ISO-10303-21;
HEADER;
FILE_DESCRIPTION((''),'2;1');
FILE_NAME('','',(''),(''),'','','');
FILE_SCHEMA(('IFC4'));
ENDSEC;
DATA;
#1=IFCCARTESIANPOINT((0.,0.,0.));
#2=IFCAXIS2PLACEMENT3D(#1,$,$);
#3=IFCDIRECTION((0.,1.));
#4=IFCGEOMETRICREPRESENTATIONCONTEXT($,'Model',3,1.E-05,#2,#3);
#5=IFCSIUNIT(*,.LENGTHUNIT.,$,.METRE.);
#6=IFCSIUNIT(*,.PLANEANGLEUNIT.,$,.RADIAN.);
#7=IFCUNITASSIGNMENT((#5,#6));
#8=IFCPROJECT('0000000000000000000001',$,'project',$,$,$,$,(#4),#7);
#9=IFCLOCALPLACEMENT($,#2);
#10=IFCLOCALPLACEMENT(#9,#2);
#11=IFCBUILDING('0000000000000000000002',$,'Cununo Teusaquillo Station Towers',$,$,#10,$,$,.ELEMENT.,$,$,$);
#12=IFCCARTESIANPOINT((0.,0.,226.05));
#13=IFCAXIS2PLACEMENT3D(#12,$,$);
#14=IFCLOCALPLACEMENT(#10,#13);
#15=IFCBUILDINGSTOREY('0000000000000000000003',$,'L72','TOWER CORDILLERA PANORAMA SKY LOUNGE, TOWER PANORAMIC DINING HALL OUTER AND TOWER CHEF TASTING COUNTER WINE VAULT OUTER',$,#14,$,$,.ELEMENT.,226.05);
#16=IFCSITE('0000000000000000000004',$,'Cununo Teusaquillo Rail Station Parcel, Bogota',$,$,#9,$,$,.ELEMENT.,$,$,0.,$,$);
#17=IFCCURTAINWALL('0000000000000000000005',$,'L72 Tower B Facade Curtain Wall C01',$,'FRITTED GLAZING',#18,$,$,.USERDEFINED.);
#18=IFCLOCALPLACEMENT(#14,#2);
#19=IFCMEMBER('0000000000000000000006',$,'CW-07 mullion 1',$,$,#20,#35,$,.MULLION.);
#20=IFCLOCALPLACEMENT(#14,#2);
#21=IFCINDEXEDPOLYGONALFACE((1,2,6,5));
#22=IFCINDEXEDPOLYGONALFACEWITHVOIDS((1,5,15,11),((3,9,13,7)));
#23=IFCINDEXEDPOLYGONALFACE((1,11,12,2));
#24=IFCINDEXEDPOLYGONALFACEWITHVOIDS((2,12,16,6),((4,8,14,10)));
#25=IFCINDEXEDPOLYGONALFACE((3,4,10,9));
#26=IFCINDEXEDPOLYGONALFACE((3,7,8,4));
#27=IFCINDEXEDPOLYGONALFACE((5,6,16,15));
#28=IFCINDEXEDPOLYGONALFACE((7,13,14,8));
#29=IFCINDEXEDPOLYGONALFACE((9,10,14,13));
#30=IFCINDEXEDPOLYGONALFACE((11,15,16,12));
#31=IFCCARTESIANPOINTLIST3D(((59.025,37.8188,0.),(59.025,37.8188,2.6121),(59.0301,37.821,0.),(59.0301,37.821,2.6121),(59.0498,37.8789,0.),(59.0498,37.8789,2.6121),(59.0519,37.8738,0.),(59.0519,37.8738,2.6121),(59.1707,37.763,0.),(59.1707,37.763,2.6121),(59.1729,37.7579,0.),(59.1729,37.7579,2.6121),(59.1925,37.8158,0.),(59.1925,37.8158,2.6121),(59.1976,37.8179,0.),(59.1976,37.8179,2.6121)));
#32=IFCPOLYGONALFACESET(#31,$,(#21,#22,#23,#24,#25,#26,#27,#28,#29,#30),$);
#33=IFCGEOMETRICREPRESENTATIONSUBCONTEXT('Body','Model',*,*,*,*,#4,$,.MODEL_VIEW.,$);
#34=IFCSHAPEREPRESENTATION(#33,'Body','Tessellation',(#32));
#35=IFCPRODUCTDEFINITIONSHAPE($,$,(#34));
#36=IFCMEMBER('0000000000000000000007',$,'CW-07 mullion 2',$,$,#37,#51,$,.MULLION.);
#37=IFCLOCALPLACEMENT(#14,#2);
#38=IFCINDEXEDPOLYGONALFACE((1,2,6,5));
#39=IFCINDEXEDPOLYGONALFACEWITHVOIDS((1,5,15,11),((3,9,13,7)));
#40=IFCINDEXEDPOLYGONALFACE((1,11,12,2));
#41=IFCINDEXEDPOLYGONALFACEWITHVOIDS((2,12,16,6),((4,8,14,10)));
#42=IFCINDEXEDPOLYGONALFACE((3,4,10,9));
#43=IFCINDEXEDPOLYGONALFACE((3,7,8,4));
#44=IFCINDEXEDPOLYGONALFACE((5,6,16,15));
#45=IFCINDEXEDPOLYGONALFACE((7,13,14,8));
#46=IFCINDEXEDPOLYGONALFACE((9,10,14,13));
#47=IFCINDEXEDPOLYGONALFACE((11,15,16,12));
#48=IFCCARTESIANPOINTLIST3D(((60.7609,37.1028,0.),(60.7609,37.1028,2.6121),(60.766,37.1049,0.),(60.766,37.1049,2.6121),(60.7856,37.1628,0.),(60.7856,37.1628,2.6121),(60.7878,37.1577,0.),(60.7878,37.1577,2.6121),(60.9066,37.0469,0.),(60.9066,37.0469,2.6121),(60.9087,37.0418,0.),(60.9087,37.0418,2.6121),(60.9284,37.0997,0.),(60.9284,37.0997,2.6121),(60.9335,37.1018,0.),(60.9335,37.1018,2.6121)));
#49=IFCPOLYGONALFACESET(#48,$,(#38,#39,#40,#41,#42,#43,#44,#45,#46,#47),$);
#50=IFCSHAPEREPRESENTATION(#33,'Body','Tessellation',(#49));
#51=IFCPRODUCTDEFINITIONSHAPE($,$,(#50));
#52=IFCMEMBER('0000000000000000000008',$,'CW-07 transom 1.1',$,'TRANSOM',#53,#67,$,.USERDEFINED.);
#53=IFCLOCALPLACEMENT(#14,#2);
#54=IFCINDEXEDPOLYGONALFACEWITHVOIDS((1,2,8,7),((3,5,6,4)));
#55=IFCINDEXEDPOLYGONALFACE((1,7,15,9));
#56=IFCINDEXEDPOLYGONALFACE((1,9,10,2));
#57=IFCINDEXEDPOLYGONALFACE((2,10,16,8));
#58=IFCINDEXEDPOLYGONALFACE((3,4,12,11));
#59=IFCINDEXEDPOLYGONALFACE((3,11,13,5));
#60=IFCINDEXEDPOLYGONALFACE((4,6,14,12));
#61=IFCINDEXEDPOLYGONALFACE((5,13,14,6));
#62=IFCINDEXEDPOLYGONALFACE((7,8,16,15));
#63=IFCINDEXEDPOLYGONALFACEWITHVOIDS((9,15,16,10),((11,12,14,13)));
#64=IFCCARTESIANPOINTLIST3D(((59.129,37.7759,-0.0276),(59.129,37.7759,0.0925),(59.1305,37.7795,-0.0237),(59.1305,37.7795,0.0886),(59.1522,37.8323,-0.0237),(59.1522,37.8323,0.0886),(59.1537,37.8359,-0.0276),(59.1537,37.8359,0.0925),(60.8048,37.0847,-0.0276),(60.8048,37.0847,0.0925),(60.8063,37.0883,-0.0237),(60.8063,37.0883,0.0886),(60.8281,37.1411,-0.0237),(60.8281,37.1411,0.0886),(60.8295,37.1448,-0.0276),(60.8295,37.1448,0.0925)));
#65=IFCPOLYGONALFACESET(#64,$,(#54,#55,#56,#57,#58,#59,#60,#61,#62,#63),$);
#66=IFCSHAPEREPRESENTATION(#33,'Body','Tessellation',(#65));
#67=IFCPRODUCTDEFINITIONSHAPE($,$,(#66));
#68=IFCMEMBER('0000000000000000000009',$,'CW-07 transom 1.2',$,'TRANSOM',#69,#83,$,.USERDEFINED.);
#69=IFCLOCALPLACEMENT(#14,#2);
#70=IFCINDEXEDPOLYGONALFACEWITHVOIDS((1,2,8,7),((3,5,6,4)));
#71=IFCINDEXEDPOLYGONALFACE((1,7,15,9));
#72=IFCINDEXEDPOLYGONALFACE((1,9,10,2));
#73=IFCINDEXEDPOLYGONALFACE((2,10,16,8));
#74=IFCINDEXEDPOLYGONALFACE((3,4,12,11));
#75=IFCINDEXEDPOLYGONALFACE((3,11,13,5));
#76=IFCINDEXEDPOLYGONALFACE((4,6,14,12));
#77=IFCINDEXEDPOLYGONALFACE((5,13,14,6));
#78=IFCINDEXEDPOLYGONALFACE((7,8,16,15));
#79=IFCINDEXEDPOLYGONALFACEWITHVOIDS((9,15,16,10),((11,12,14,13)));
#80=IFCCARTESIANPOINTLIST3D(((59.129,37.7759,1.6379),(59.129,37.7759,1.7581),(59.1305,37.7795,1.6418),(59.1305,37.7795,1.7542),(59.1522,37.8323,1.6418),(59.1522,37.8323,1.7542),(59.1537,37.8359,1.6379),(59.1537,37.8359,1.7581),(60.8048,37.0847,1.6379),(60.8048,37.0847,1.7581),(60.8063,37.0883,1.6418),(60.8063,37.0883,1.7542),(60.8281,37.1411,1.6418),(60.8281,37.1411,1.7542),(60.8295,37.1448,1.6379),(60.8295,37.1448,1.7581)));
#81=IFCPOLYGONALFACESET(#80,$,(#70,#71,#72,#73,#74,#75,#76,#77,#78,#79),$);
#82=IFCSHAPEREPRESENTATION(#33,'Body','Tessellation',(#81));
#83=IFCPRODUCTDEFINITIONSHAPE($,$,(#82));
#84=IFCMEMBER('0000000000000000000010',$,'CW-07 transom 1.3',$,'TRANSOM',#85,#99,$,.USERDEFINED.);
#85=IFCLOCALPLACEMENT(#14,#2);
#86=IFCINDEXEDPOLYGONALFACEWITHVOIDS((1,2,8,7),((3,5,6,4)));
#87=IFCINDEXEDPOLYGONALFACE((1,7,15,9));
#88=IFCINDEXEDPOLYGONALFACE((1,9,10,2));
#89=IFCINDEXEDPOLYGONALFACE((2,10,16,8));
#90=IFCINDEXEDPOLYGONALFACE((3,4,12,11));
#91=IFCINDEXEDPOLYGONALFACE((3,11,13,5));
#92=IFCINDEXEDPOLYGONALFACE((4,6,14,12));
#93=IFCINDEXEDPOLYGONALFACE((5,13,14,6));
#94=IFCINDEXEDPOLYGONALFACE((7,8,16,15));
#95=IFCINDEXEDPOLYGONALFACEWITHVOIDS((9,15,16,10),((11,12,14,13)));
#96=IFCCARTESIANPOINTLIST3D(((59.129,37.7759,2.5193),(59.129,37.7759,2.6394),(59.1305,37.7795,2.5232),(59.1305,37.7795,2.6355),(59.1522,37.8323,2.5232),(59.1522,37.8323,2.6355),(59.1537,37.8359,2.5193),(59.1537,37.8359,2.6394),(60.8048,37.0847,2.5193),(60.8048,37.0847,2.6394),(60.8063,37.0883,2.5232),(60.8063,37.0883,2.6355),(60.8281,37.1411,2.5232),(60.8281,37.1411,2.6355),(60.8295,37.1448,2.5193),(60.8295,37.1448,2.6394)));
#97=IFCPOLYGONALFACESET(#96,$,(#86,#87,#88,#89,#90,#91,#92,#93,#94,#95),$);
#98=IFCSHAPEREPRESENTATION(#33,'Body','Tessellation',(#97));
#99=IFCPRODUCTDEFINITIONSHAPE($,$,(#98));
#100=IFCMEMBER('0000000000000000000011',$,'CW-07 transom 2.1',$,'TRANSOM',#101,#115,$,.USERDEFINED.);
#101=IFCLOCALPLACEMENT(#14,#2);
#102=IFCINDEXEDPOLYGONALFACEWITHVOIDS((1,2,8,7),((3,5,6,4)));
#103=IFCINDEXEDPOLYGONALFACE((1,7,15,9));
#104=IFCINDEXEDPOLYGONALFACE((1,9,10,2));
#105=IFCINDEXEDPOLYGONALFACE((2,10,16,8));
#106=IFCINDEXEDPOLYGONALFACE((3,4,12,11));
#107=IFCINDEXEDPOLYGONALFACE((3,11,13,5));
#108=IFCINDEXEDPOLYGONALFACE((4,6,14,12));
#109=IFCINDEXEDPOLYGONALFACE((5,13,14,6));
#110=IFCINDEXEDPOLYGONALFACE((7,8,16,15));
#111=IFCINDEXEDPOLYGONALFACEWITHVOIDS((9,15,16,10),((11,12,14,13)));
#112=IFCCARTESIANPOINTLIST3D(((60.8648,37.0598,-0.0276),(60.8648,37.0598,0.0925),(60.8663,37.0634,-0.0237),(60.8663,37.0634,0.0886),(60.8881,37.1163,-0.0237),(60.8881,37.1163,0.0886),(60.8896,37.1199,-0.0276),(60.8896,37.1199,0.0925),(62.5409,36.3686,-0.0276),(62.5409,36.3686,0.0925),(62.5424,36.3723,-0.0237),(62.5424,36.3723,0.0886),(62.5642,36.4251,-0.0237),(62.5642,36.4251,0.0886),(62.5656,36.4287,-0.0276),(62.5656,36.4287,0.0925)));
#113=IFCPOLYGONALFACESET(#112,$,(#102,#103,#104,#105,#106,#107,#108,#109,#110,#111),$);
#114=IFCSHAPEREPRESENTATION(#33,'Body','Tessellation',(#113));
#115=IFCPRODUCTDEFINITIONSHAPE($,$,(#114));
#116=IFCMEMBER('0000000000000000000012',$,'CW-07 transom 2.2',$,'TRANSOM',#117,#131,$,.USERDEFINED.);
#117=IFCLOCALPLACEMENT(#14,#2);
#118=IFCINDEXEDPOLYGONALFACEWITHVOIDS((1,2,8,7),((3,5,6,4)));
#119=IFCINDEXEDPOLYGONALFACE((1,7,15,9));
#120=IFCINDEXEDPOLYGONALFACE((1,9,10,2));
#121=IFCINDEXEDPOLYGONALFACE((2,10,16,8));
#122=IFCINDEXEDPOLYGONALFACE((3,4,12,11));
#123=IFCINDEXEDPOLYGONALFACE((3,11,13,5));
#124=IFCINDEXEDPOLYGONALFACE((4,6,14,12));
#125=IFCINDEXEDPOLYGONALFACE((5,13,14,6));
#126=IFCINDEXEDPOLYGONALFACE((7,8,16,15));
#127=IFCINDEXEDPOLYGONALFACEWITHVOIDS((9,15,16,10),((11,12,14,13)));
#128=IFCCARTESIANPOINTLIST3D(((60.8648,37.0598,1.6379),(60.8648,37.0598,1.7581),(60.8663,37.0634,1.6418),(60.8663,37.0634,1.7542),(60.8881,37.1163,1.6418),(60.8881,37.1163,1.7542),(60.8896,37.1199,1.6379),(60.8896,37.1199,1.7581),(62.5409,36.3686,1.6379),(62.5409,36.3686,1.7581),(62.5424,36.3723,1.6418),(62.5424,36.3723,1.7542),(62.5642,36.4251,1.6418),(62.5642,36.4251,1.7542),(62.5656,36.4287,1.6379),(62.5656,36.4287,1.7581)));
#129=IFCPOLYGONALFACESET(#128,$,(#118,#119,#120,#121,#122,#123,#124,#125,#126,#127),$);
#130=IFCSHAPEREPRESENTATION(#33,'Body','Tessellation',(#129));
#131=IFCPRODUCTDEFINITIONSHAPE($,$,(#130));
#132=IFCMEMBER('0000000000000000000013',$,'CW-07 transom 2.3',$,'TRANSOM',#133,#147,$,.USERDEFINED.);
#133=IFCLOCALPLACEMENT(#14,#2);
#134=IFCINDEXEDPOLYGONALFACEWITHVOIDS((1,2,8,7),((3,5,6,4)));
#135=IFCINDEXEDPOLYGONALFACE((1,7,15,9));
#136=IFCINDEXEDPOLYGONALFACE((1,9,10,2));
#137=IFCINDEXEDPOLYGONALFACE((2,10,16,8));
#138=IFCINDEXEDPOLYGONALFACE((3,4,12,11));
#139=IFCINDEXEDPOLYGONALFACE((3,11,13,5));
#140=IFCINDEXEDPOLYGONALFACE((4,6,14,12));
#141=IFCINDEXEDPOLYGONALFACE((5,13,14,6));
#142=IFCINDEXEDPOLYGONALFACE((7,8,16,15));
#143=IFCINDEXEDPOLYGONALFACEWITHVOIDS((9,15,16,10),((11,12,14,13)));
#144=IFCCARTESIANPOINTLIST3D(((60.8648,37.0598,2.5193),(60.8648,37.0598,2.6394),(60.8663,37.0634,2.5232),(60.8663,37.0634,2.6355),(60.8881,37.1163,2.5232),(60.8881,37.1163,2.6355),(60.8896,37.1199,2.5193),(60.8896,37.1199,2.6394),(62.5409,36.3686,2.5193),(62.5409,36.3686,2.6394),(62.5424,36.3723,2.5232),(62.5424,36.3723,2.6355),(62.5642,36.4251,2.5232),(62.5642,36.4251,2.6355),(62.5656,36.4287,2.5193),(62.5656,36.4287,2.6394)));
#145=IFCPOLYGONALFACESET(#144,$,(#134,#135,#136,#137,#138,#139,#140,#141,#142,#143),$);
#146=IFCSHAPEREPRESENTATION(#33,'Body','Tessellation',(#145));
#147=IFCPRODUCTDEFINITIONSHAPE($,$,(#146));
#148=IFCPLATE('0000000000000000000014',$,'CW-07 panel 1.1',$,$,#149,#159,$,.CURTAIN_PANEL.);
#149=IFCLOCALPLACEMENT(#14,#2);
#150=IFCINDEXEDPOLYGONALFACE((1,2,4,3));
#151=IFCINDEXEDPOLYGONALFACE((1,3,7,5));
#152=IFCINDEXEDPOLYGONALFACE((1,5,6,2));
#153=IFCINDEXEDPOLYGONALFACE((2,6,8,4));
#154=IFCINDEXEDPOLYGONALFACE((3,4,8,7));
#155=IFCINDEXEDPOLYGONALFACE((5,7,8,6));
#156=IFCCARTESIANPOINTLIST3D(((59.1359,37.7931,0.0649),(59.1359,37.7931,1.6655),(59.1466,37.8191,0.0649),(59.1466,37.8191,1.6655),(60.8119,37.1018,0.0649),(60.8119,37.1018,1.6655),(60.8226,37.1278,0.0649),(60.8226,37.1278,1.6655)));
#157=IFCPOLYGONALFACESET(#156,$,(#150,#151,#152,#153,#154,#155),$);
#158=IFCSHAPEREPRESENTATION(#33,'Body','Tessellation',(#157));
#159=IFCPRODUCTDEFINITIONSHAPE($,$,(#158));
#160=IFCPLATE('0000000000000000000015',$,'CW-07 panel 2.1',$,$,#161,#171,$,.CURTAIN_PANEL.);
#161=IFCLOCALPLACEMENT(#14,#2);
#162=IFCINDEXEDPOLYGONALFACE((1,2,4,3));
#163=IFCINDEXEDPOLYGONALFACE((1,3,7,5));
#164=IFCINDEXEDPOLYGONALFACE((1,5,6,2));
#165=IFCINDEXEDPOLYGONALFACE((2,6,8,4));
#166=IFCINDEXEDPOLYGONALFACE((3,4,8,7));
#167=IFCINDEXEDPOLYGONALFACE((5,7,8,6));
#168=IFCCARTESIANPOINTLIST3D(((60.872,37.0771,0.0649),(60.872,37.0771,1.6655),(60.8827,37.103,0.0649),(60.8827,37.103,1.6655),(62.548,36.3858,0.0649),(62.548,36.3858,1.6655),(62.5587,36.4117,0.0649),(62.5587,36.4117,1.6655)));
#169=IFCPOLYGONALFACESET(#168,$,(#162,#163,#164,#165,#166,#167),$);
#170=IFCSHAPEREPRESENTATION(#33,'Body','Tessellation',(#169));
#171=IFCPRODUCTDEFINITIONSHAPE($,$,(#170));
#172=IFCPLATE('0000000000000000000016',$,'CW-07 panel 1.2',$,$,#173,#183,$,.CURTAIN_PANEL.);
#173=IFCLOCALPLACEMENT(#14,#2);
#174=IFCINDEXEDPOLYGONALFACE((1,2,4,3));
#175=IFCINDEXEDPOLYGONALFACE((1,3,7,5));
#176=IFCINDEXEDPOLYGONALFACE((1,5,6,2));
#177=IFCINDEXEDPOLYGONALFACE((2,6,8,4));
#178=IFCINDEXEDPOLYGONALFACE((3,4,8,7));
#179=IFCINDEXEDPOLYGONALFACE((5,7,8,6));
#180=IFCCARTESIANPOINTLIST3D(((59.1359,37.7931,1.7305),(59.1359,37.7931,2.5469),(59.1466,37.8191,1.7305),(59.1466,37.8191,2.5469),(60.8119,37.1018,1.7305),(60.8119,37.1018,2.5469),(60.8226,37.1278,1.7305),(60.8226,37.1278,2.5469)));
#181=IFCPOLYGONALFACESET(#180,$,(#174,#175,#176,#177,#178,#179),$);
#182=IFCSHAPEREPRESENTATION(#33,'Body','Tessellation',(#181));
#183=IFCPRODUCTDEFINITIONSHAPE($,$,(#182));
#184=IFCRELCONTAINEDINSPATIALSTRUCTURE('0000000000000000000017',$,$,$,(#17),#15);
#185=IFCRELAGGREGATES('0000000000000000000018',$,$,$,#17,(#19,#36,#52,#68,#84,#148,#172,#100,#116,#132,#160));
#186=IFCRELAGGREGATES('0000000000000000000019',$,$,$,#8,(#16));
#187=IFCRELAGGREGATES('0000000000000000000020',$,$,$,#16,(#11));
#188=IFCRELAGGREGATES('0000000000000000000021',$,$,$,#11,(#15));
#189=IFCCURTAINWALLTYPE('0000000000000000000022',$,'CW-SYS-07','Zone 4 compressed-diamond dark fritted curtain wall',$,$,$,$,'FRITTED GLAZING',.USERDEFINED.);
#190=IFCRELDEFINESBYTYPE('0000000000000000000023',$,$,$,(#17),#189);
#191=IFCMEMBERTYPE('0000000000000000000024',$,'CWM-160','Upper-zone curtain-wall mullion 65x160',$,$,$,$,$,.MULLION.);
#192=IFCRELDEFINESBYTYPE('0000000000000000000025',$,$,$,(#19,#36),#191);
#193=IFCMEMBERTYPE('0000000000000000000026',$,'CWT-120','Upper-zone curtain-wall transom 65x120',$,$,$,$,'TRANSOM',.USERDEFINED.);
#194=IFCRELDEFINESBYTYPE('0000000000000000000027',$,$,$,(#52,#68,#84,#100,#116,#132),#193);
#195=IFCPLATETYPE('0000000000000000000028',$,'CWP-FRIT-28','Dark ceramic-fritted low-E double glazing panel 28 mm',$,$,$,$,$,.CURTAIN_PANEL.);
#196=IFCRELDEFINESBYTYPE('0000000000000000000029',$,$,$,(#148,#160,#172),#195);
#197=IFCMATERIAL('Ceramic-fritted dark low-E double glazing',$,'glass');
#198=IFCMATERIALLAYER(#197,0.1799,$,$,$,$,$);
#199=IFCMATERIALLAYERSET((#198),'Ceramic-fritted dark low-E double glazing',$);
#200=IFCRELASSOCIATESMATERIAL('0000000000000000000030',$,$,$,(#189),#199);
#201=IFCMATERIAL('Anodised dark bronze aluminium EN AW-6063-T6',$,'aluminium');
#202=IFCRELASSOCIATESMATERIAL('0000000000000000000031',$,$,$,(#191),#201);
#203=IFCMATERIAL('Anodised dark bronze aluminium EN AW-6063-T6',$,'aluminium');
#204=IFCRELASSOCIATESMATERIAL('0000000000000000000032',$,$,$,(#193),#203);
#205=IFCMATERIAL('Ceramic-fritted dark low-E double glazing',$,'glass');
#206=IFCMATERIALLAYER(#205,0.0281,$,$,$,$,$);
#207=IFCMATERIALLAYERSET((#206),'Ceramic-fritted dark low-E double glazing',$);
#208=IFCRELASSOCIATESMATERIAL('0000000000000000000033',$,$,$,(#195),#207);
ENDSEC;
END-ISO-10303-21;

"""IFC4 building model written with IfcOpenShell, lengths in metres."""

from ifc_helpers import new_model, si_unit, direction, frame, origin, origin_2d, place, context, subcontext, project, spatial, rectangle, hollow_rectangle, extrude, source, transform, mapped, material, layer, layer_set, material_profile, profile_set, type_object, element, aggregate, save


model = new_model("IFC4")

# Units and contexts
model_context = context("Model", 3, precision=1e-05, world=origin(), true_north=direction((0.0, 1.0)))
body_context = subcontext(model_context, "Body", "Model", "MODEL_VIEW")
ifc_project = project(units=[si_unit("LENGTHUNIT", "METRE"), si_unit("PLANEANGLEUNIT", "RADIAN")], contexts=[model_context])

# Site, building, storey
site_placement = place(None, origin())
site = spatial("IfcSite", under=ifc_project, at=site_placement, Name="Cununo Teusaquillo Rail Station Parcel, Bogota", CompositionType="ELEMENT", RefElevation=0.0)
building_placement = place(site_placement, origin())
building = spatial("IfcBuilding", under=site, at=building_placement, Name="Cununo Teusaquillo Station Towers", CompositionType="ELEMENT")
storey_placement = place(building_placement, frame((0.0, 0.0, 226.05)))
storey = spatial("IfcBuildingStorey", under=building, at=storey_placement, Name="L72", Description="TOWER CORDILLERA PANORAMA SKY LOUNGE, TOWER PANORAMIC DINING HALL OUTER AND TOWER CHEF TASTING COUNTER WINE VAULT OUTER", CompositionType="ELEMENT", Elevation=226.05)

# Curtain wall, members, plates
ifc_material_1 = material(Name="Ceramic-fritted dark low-E double glazing", Category="glass")
ifc_layer_1 = layer(ifc_material_1, 0.1799)
ifc_layer_set_1 = layer_set([ifc_layer_1], Name="Ceramic-fritted dark low-E double glazing")
curtain_wall_type = type_object("IfcCurtainWallType", Name="CW-SYS-07", Description="Zone 4 compressed-diamond dark fritted curtain wall", ElementType="FRITTED GLAZING", PredefinedType="USERDEFINED", material=ifc_layer_set_1)
curtain_wall_placement = place(storey_placement, origin())
curtain_wall = element("IfcCurtainWall", 1, at=curtain_wall_placement, inside=storey, type_object=curtain_wall_type, Name="L72 Tower B Facade Curtain Wall C01", ObjectType="FRITTED GLAZING", PredefinedType="USERDEFINED")
ifc_material_2 = material(Name="Anodised dark bronze aluminium EN AW-6063-T6", Category="aluminium")
ifc_material_profile_1 = material_profile(ifc_material_2, hollow_rectangle(XDim=0.0649, YDim=0.1599, WallThickness=0.0039, at=origin_2d()), Name="CW-MULL-65x160")
ifc_profile_set_1 = profile_set([ifc_material_profile_1], Name="Anodised dark bronze aluminium EN AW-6063-T6")
member_type_1 = type_object("IfcMemberType", Name="CWM-160", Description="Upper-zone curtain-wall mullion 65x160", PredefinedType="MULLION", material=ifc_profile_set_1)
member_1_placement = place(storey_placement, frame((59.1113, 37.8184, 0.0), z_axis=(0.0, 0.0, 1.0), x_axis=(0.381311, 0.924447, 0.0)))
member_1 = element("IfcMember", 2, at=member_1_placement, type_object=member_type_1, Name="CW-07 mullion 1", PredefinedType="MULLION", context=body_context, shape_type="SweptSolid", body=[
    extrude(hollow_rectangle(XDim=0.0649, YDim=0.1599, WallThickness=0.0039, at=origin_2d()), origin(), (0.0, 0.0, 1.0), 2.6121),
])
member_2_placement = place(storey_placement, frame((60.8472, 37.1023, 0.0), z_axis=(0.0, 0.0, 1.0), x_axis=(0.381311, 0.924447, 0.0)))
member_2 = element("IfcMember", 3, at=member_2_placement, type_object=member_type_1, Name="CW-07 mullion 2", PredefinedType="MULLION", context=body_context, shape_type="SweptSolid", body=[
    extrude(hollow_rectangle(XDim=0.0649, YDim=0.1599, WallThickness=0.0039, at=origin_2d()), origin(), (0.0, 0.0, 1.0), 2.6121),
])
ifc_material_3 = material(Name="Anodised dark bronze aluminium EN AW-6063-T6", Category="aluminium")
ifc_material_profile_2 = material_profile(ifc_material_3, hollow_rectangle(XDim=0.0649, YDim=0.1201, WallThickness=0.0039, at=origin_2d()), Name="CW-TRAN-65x120")
ifc_profile_set_2 = profile_set([ifc_material_profile_2], Name="Anodised dark bronze aluminium EN AW-6063-T6")
member_type_2 = type_object("IfcMemberType", Name="CWT-120", Description="Upper-zone curtain-wall transom 65x120", ElementType="TRANSOM", PredefinedType="USERDEFINED", material=ifc_profile_set_2)
member_3_placement = place(storey_placement, frame((59.1414, 37.8059, 0.0325), z_axis=(0.924458, -0.381285, 0.0), x_axis=(0.381285, 0.924458, 0.0)))
member_3 = element("IfcMember", 4, at=member_3_placement, type_object=member_type_2, Name="CW-07 transom 1.1", ObjectType="TRANSOM", PredefinedType="USERDEFINED", context=body_context, shape_type="SweptSolid", body=[
    extrude(hollow_rectangle(XDim=0.0649, YDim=0.1201, WallThickness=0.0039, at=origin_2d()), origin(), (0.0, 0.0, 1.0), 1.8127),
])
member_4_placement = place(storey_placement, frame((59.1414, 37.8059, 1.698), z_axis=(0.924458, -0.381285, 0.0), x_axis=(0.381285, 0.924458, 0.0)))
member_4 = element("IfcMember", 5, at=member_4_placement, type_object=member_type_2, Name="CW-07 transom 1.2", ObjectType="TRANSOM", PredefinedType="USERDEFINED", context=body_context, shape_type="SweptSolid", body=[
    extrude(hollow_rectangle(XDim=0.0649, YDim=0.1201, WallThickness=0.0039, at=origin_2d()), origin(), (0.0, 0.0, 1.0), 1.8127),
])
member_5_placement = place(storey_placement, frame((59.1414, 37.8059, 2.5793), z_axis=(0.924458, -0.381285, 0.0), x_axis=(0.381285, 0.924458, 0.0)))
member_5 = element("IfcMember", 6, at=member_5_placement, type_object=member_type_2, Name="CW-07 transom 1.3", ObjectType="TRANSOM", PredefinedType="USERDEFINED", context=body_context, shape_type="SweptSolid", body=[
    extrude(hollow_rectangle(XDim=0.0649, YDim=0.1201, WallThickness=0.0039, at=origin_2d()), origin(), (0.0, 0.0, 1.0), 1.8127),
])
member_6_placement = place(storey_placement, frame((60.8772, 37.0898, 0.0325), z_axis=(0.924477, -0.381237, 0.0), x_axis=(0.381237, 0.924477, 0.0)))
member_6 = element("IfcMember", 7, at=member_6_placement, type_object=member_type_2, Name="CW-07 transom 2.1", ObjectType="TRANSOM", PredefinedType="USERDEFINED", context=body_context, shape_type="SweptSolid", body=[
    extrude(hollow_rectangle(XDim=0.0649, YDim=0.1201, WallThickness=0.0039, at=origin_2d()), origin(), (0.0, 0.0, 1.0), 1.813),
])
member_7_placement = place(storey_placement, frame((60.8772, 37.0898, 1.698), z_axis=(0.924477, -0.381237, 0.0), x_axis=(0.381237, 0.924477, 0.0)))
member_7 = element("IfcMember", 8, at=member_7_placement, type_object=member_type_2, Name="CW-07 transom 2.2", ObjectType="TRANSOM", PredefinedType="USERDEFINED", context=body_context, shape_type="SweptSolid", body=[
    extrude(hollow_rectangle(XDim=0.0649, YDim=0.1201, WallThickness=0.0039, at=origin_2d()), origin(), (0.0, 0.0, 1.0), 1.813),
])
member_8_placement = place(storey_placement, frame((60.8772, 37.0898, 2.5793), z_axis=(0.924477, -0.381237, 0.0), x_axis=(0.381237, 0.924477, 0.0)))
member_8 = element("IfcMember", 9, at=member_8_placement, type_object=member_type_2, Name="CW-07 transom 2.3", ObjectType="TRANSOM", PredefinedType="USERDEFINED", context=body_context, shape_type="SweptSolid", body=[
    extrude(hollow_rectangle(XDim=0.0649, YDim=0.1201, WallThickness=0.0039, at=origin_2d()), origin(), (0.0, 0.0, 1.0), 1.813),
])
ifc_material_4 = material(Name="Ceramic-fritted dark low-E double glazing", Category="glass")
ifc_layer_2 = layer(ifc_material_4, 0.0281)
ifc_layer_set_2 = layer_set([ifc_layer_2], Name="Ceramic-fritted dark low-E double glazing")
plate_type = type_object("IfcPlateType", Name="CWP-FRIT-28", Description="Dark ceramic-fritted low-E double glazing panel 28 mm", PredefinedType="CURTAIN_PANEL", material=ifc_layer_set_2)
shared_shape_1 = source(origin(), body_context, "Body", "SweptSolid", [
    extrude(rectangle(XDim=1.813, YDim=0.0281, at=origin_2d()), origin(), (0.0, 0.0, 1.0), 1.6006),
])
plate_1_placement = place(storey_placement, frame((59.9792, 37.4604, 0.0649), z_axis=(0.0, 0.0, 1.0), x_axis=(0.924447, -0.381311, 0.0)))
plate_1 = element("IfcPlate", 10, at=plate_1_placement, type_object=plate_type, Name="CW-07 panel 1.1", PredefinedType="CURTAIN_PANEL", context=body_context, shape_type="MappedRepresentation", body=[
    mapped(shared_shape_1, transform((0.0, 0.0, 0.0), x_axis=(1.0, 0.0, 0.0), y_axis=(0.0, 1.0, 0.0), z_axis=(0.0, 0.0, 1.0), scale=1.0)),
])
plate_2_placement = place(storey_placement, frame((61.7153, 36.7444, 0.0649), z_axis=(0.0, 0.0, 1.0), x_axis=(0.924447, -0.381311, 0.0)))
plate_2 = element("IfcPlate", 11, at=plate_2_placement, type_object=plate_type, Name="CW-07 panel 2.1", PredefinedType="CURTAIN_PANEL", context=body_context, shape_type="MappedRepresentation", body=[
    mapped(shared_shape_1, transform((0.0, 0.0, 0.0), x_axis=(1.0, 0.0, 0.0), y_axis=(0.0, 1.0, 0.0), z_axis=(0.0, 0.0, 1.0), scale=1.0)),
])
shared_shape_2 = source(origin(), body_context, "Body", "SweptSolid", [
    extrude(rectangle(XDim=1.813, YDim=0.0281, at=origin_2d()), origin(), (0.0, 0.0, 1.0), 0.8164),
])
plate_3_placement = place(storey_placement, frame((59.9792, 37.4604, 1.7305), z_axis=(0.0, 0.0, 1.0), x_axis=(0.924447, -0.381311, 0.0)))
plate_3 = element("IfcPlate", 12, at=plate_3_placement, type_object=plate_type, Name="CW-07 panel 1.2", PredefinedType="CURTAIN_PANEL", context=body_context, shape_type="MappedRepresentation", body=[
    mapped(shared_shape_2, transform((0.0, 0.0, 0.0), x_axis=(1.0, 0.0, 0.0), y_axis=(0.0, 1.0, 0.0), z_axis=(0.0, 0.0, 1.0), scale=1.0)),
])
aggregate(curtain_wall, [member_1, member_2, member_3, member_4, member_5, plate_1, plate_3, member_6, member_7, member_8, plate_2])

save(model, "model.ifc")
